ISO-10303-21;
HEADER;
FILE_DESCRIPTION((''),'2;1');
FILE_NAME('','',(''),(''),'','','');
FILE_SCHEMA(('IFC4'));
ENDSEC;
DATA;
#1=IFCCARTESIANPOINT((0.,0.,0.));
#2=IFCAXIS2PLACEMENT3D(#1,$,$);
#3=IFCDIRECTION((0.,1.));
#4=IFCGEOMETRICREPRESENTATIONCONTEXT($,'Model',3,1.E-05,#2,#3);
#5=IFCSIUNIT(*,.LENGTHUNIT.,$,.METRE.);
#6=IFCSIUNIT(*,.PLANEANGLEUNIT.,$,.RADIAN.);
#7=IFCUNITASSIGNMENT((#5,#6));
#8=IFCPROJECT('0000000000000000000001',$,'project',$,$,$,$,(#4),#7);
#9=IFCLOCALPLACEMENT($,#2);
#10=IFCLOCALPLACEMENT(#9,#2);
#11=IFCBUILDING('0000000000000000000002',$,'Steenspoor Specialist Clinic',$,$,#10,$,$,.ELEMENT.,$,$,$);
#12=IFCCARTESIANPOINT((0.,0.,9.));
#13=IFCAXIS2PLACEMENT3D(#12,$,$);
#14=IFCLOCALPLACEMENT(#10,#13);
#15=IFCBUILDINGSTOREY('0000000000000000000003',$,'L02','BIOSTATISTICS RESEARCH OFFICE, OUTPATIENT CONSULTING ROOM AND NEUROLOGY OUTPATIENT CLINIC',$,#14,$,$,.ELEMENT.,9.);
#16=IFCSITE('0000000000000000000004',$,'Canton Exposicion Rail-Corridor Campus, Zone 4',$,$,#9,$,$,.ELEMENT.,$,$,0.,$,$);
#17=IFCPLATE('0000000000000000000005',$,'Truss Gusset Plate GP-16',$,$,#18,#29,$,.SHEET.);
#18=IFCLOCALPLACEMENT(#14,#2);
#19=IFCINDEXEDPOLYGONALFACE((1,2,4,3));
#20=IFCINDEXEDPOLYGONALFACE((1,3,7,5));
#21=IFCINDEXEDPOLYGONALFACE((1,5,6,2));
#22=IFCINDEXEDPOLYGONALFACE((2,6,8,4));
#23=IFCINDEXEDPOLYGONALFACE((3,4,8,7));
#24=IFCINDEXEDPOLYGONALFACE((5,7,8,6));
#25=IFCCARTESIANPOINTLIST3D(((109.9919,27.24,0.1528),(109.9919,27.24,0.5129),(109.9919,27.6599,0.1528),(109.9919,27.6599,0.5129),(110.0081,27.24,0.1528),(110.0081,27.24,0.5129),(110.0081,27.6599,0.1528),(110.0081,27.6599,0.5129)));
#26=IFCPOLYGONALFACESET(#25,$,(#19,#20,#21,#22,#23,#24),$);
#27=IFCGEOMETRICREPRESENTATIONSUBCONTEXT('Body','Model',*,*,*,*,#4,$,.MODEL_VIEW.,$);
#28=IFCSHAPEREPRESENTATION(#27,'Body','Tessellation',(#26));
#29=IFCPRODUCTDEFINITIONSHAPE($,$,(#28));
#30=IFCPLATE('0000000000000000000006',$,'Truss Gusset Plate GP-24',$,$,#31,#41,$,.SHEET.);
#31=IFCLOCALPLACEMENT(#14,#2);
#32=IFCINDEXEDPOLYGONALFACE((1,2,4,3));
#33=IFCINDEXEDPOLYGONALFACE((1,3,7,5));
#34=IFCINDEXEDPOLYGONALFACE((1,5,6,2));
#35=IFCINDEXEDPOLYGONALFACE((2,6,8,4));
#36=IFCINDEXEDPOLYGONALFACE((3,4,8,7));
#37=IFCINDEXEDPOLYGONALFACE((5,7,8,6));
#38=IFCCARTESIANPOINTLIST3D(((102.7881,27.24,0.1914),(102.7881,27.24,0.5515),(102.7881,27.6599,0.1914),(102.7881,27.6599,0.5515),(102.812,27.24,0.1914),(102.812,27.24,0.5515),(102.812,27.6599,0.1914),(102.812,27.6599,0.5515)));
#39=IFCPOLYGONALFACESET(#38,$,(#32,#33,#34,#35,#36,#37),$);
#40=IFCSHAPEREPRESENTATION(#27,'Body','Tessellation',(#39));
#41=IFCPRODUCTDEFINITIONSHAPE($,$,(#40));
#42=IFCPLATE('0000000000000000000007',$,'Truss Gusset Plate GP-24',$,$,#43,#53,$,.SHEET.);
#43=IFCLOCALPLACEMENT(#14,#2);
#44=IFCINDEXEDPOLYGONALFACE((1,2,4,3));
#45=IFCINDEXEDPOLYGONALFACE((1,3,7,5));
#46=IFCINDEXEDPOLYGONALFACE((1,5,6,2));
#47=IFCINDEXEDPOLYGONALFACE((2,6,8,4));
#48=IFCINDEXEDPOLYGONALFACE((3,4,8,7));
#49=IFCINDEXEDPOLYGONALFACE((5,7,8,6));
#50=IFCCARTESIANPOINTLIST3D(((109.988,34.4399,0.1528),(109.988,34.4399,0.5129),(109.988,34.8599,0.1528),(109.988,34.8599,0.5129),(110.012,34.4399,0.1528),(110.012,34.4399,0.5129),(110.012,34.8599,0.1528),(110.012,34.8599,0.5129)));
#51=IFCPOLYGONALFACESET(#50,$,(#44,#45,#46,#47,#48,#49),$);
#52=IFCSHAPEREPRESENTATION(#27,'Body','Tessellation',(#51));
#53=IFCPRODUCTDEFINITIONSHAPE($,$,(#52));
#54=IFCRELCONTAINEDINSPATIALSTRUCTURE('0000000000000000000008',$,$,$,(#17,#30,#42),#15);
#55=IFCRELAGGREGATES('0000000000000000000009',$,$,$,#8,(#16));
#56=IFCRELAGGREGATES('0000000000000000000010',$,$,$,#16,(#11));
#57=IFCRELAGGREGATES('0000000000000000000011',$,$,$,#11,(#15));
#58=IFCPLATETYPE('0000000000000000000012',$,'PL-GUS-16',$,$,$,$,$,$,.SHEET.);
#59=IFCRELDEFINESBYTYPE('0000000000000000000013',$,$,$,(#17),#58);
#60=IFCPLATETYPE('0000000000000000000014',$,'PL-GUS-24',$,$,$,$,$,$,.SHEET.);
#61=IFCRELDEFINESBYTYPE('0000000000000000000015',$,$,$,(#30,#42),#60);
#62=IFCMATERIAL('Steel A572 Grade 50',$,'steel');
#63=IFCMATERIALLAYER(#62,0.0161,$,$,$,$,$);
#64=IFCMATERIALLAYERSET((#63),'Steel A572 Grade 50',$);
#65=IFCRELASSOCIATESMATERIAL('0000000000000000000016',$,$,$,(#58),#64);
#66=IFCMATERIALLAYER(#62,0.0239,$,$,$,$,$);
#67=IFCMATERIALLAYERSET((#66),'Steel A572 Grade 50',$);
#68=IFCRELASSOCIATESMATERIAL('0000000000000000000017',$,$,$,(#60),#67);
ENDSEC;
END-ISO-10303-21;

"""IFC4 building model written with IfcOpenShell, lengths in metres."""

from ifc_helpers import new_model, si_unit, direction, frame, origin, origin_2d, place, context, subcontext, project, spatial, rectangle, extrude, material, layer, layer_set, type_object, element, save


model = new_model("IFC4")

# Units and contexts
model_context = context("Model", 3, precision=1e-05, world=origin(), true_north=direction((0.0, 1.0)))
body_context = subcontext(model_context, "Body", "Model", "MODEL_VIEW")
ifc_project = project(units=[si_unit("LENGTHUNIT", "METRE"), si_unit("PLANEANGLEUNIT", "RADIAN")], contexts=[model_context])

# Site, building, storey
site_placement = place(None, origin())
site = spatial("IfcSite", under=ifc_project, at=site_placement, Name="Canton Exposicion Rail-Corridor Campus, Zone 4", CompositionType="ELEMENT", RefElevation=0.0)
building_placement = place(site_placement, origin())
building = spatial("IfcBuilding", under=site, at=building_placement, Name="Steenspoor Specialist Clinic", CompositionType="ELEMENT")
storey_placement = place(building_placement, frame((0.0, 0.0, 9.0)))
storey = spatial("IfcBuildingStorey", under=building, at=storey_placement, Name="L02", Description="BIOSTATISTICS RESEARCH OFFICE, OUTPATIENT CONSULTING ROOM AND NEUROLOGY OUTPATIENT CLINIC", CompositionType="ELEMENT", Elevation=9.0)

# Plates
ifc_material_1 = material(Name="Steel A572 Grade 50", Category="steel")
ifc_layer_1 = layer(ifc_material_1, 0.0161)
ifc_layer_set_1 = layer_set([ifc_layer_1], Name="Steel A572 Grade 50")
plate_type_1 = type_object("IfcPlateType", Name="PL-GUS-16", PredefinedType="SHEET", material=ifc_layer_set_1)
plate_1_placement = place(storey_placement, frame((110.0, 27.45, 0.1528), z_axis=(0.0, 0.0, 1.0), x_axis=(1.0, 0.0, 0.0)))
element("IfcPlate", 1, at=plate_1_placement, inside=storey, type_object=plate_type_1, Name="Truss Gusset Plate GP-16", PredefinedType="SHEET", context=body_context, shape_type="SweptSolid", body=[
    extrude(rectangle(XDim=0.0161, YDim=0.4199, at=origin_2d()), origin(), (0.0, 0.0, 1.0), 0.3601),
])
ifc_layer_2 = layer(ifc_material_1, 0.0239)
ifc_layer_set_2 = layer_set([ifc_layer_2], Name="Steel A572 Grade 50")
plate_type_2 = type_object("IfcPlateType", Name="PL-GUS-24", PredefinedType="SHEET", material=ifc_layer_set_2)
for number, where, z_axis, x_axis, name in (
    (2, (102.8, 27.45, 0.1914), (0.0, 0.0, 1.0), (1.0, 0.0, 0.0), "Truss Gusset Plate GP-24"),
    (3, (110.0, 34.6499, 0.1528), (0.0, 0.0, 1.0), (1.0, 0.0, 0.0), "Truss Gusset Plate GP-24"),
):
    element("IfcPlate", number, at=place(storey_placement, frame(where, z_axis=z_axis, x_axis=x_axis)), inside=storey, type_object=plate_type_2, Name=name, PredefinedType="SHEET", context=body_context, shape_type="SweptSolid", body=[
        extrude(rectangle(XDim=0.0239, YDim=0.4199, at=origin_2d()), origin(), (0.0, 0.0, 1.0), 0.3601),
    ])

save(model, "model.ifc")
